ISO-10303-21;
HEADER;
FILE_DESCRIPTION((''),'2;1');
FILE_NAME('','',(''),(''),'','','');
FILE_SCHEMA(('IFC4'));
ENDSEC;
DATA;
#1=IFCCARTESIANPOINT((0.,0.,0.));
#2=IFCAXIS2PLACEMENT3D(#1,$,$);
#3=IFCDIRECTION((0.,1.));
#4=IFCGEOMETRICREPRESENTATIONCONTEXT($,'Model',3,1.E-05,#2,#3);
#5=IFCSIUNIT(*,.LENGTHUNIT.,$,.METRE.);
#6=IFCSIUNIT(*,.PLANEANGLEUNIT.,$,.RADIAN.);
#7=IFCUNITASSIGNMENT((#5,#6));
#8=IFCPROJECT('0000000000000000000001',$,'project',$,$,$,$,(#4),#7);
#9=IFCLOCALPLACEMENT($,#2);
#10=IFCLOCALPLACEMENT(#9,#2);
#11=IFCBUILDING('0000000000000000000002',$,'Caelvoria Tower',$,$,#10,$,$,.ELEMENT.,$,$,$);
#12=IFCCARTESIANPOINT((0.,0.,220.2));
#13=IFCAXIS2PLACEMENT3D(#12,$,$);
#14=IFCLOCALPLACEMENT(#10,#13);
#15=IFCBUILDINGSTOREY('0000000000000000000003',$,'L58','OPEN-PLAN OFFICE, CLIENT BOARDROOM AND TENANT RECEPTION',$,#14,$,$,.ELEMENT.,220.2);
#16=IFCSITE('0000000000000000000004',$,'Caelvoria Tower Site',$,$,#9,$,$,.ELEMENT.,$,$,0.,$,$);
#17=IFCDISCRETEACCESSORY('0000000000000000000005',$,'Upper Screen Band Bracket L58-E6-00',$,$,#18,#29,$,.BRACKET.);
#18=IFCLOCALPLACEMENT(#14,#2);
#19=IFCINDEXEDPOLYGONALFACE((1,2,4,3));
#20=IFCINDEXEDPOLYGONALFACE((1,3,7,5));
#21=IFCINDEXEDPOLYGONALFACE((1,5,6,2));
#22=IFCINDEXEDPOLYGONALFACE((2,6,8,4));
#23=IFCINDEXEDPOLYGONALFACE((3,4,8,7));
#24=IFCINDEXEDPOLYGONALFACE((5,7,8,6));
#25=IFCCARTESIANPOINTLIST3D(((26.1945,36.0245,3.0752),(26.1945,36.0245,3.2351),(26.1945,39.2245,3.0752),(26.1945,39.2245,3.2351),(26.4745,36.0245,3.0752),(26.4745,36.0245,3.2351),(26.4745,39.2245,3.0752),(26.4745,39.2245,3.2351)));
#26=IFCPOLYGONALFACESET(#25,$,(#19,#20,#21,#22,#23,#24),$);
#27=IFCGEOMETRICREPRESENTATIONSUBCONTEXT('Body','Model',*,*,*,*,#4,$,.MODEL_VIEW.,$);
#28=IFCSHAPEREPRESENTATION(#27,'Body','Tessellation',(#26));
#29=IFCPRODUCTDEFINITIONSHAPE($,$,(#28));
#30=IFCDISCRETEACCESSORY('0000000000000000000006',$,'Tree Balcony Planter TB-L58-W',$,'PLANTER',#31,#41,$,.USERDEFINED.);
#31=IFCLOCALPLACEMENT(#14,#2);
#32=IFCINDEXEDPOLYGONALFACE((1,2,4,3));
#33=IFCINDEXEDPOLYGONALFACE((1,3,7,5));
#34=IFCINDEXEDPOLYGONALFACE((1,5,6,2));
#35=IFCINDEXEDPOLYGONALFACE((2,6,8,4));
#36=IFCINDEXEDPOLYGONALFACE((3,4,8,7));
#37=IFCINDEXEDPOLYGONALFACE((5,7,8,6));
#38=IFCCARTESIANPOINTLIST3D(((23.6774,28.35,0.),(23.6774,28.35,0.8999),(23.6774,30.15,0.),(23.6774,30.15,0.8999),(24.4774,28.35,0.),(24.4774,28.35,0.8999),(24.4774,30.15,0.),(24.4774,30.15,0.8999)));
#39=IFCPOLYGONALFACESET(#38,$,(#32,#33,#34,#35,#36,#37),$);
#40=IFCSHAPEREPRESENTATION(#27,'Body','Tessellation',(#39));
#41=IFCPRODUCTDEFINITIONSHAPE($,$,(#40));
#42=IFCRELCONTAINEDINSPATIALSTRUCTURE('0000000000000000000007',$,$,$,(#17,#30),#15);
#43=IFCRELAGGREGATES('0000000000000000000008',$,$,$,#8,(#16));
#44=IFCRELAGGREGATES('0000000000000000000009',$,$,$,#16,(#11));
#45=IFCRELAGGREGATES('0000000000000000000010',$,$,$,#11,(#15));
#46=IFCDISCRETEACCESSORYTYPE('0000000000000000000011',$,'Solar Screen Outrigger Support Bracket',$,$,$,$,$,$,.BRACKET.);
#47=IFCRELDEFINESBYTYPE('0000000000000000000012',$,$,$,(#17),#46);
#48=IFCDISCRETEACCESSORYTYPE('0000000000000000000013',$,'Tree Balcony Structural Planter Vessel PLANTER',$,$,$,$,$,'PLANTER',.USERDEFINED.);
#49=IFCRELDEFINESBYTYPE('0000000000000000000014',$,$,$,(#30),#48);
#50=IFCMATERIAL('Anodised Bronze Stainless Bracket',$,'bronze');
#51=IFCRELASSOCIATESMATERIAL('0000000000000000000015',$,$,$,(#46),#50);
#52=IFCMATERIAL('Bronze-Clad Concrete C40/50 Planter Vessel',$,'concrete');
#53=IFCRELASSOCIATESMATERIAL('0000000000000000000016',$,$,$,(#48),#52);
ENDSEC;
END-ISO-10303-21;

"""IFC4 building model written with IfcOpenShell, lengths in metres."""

from ifc_helpers import new_model, si_unit, direction, frame, origin, origin_2d, place, context, subcontext, project, spatial, rectangle, extrude, material, type_object, element, save


model = new_model("IFC4")

# Units and contexts
model_context = context("Model", 3, precision=1e-05, world=origin(), true_north=direction((0.0, 1.0)))
body_context = subcontext(model_context, "Body", "Model", "MODEL_VIEW")
ifc_project = project(units=[si_unit("LENGTHUNIT", "METRE"), si_unit("PLANEANGLEUNIT", "RADIAN")], contexts=[model_context])

# Site, building, storey
site_placement = place(None, origin())
site = spatial("IfcSite", under=ifc_project, at=site_placement, Name="Caelvoria Tower Site", CompositionType="ELEMENT", RefElevation=0.0)
building_placement = place(site_placement, origin())
building = spatial("IfcBuilding", under=site, at=building_placement, Name="Caelvoria Tower", CompositionType="ELEMENT")
storey_placement = place(building_placement, frame((0.0, 0.0, 220.2)))
storey = spatial("IfcBuildingStorey", under=building, at=storey_placement, Name="L58", Description="OPEN-PLAN OFFICE, CLIENT BOARDROOM AND TENANT RECEPTION", CompositionType="ELEMENT", Elevation=220.2)

# Discrete accessories
ifc_material_1 = material(Name="Anodised Bronze Stainless Bracket", Category="bronze")
discrete_accessory_type_1 = type_object("IfcDiscreteAccessoryType", Name="Solar Screen Outrigger Support Bracket", PredefinedType="BRACKET", material=ifc_material_1)
for number, where, z_axis, x_axis, name in (
    (1, (26.3345, 37.6245, 3.0752), (0.0, 0.0, 1.0), (0.0, -1.0, 0.0), "Upper Screen Band Bracket L58-E6-00"),
):
    element("IfcDiscreteAccessory", number, at=place(storey_placement, frame(where, z_axis=z_axis, x_axis=x_axis)), inside=storey, type_object=discrete_accessory_type_1, Name=name, PredefinedType="BRACKET", context=body_context, shape_type="SweptSolid", body=[
        extrude(rectangle(XDim=3.2, YDim=0.28, at=origin_2d()), origin(), (0.0, 0.0, 1.0), 0.1599),
    ])
ifc_material_2 = material(Name="Bronze-Clad Concrete C40/50 Planter Vessel", Category="concrete")
discrete_accessory_type_2 = type_object("IfcDiscreteAccessoryType", Name="Tree Balcony Structural Planter Vessel PLANTER", ElementType="PLANTER", PredefinedType="USERDEFINED", material=ifc_material_2)
discrete_accessory_placement = place(storey_placement, frame((24.0774, 29.25, 0.0), z_axis=(0.0, 0.0, 1.0), x_axis=(0.0, 1.0, 0.0)))
element("IfcDiscreteAccessory", 2, at=discrete_accessory_placement, inside=storey, type_object=discrete_accessory_type_2, Name="Tree Balcony Planter TB-L58-W", ObjectType="PLANTER", PredefinedType="USERDEFINED", context=body_context, shape_type="SweptSolid", body=[
    extrude(rectangle(XDim=1.8, YDim=0.8, at=origin_2d()), origin(), (0.0, 0.0, 1.0), 0.8999),
])

save(model, "model.ifc")
